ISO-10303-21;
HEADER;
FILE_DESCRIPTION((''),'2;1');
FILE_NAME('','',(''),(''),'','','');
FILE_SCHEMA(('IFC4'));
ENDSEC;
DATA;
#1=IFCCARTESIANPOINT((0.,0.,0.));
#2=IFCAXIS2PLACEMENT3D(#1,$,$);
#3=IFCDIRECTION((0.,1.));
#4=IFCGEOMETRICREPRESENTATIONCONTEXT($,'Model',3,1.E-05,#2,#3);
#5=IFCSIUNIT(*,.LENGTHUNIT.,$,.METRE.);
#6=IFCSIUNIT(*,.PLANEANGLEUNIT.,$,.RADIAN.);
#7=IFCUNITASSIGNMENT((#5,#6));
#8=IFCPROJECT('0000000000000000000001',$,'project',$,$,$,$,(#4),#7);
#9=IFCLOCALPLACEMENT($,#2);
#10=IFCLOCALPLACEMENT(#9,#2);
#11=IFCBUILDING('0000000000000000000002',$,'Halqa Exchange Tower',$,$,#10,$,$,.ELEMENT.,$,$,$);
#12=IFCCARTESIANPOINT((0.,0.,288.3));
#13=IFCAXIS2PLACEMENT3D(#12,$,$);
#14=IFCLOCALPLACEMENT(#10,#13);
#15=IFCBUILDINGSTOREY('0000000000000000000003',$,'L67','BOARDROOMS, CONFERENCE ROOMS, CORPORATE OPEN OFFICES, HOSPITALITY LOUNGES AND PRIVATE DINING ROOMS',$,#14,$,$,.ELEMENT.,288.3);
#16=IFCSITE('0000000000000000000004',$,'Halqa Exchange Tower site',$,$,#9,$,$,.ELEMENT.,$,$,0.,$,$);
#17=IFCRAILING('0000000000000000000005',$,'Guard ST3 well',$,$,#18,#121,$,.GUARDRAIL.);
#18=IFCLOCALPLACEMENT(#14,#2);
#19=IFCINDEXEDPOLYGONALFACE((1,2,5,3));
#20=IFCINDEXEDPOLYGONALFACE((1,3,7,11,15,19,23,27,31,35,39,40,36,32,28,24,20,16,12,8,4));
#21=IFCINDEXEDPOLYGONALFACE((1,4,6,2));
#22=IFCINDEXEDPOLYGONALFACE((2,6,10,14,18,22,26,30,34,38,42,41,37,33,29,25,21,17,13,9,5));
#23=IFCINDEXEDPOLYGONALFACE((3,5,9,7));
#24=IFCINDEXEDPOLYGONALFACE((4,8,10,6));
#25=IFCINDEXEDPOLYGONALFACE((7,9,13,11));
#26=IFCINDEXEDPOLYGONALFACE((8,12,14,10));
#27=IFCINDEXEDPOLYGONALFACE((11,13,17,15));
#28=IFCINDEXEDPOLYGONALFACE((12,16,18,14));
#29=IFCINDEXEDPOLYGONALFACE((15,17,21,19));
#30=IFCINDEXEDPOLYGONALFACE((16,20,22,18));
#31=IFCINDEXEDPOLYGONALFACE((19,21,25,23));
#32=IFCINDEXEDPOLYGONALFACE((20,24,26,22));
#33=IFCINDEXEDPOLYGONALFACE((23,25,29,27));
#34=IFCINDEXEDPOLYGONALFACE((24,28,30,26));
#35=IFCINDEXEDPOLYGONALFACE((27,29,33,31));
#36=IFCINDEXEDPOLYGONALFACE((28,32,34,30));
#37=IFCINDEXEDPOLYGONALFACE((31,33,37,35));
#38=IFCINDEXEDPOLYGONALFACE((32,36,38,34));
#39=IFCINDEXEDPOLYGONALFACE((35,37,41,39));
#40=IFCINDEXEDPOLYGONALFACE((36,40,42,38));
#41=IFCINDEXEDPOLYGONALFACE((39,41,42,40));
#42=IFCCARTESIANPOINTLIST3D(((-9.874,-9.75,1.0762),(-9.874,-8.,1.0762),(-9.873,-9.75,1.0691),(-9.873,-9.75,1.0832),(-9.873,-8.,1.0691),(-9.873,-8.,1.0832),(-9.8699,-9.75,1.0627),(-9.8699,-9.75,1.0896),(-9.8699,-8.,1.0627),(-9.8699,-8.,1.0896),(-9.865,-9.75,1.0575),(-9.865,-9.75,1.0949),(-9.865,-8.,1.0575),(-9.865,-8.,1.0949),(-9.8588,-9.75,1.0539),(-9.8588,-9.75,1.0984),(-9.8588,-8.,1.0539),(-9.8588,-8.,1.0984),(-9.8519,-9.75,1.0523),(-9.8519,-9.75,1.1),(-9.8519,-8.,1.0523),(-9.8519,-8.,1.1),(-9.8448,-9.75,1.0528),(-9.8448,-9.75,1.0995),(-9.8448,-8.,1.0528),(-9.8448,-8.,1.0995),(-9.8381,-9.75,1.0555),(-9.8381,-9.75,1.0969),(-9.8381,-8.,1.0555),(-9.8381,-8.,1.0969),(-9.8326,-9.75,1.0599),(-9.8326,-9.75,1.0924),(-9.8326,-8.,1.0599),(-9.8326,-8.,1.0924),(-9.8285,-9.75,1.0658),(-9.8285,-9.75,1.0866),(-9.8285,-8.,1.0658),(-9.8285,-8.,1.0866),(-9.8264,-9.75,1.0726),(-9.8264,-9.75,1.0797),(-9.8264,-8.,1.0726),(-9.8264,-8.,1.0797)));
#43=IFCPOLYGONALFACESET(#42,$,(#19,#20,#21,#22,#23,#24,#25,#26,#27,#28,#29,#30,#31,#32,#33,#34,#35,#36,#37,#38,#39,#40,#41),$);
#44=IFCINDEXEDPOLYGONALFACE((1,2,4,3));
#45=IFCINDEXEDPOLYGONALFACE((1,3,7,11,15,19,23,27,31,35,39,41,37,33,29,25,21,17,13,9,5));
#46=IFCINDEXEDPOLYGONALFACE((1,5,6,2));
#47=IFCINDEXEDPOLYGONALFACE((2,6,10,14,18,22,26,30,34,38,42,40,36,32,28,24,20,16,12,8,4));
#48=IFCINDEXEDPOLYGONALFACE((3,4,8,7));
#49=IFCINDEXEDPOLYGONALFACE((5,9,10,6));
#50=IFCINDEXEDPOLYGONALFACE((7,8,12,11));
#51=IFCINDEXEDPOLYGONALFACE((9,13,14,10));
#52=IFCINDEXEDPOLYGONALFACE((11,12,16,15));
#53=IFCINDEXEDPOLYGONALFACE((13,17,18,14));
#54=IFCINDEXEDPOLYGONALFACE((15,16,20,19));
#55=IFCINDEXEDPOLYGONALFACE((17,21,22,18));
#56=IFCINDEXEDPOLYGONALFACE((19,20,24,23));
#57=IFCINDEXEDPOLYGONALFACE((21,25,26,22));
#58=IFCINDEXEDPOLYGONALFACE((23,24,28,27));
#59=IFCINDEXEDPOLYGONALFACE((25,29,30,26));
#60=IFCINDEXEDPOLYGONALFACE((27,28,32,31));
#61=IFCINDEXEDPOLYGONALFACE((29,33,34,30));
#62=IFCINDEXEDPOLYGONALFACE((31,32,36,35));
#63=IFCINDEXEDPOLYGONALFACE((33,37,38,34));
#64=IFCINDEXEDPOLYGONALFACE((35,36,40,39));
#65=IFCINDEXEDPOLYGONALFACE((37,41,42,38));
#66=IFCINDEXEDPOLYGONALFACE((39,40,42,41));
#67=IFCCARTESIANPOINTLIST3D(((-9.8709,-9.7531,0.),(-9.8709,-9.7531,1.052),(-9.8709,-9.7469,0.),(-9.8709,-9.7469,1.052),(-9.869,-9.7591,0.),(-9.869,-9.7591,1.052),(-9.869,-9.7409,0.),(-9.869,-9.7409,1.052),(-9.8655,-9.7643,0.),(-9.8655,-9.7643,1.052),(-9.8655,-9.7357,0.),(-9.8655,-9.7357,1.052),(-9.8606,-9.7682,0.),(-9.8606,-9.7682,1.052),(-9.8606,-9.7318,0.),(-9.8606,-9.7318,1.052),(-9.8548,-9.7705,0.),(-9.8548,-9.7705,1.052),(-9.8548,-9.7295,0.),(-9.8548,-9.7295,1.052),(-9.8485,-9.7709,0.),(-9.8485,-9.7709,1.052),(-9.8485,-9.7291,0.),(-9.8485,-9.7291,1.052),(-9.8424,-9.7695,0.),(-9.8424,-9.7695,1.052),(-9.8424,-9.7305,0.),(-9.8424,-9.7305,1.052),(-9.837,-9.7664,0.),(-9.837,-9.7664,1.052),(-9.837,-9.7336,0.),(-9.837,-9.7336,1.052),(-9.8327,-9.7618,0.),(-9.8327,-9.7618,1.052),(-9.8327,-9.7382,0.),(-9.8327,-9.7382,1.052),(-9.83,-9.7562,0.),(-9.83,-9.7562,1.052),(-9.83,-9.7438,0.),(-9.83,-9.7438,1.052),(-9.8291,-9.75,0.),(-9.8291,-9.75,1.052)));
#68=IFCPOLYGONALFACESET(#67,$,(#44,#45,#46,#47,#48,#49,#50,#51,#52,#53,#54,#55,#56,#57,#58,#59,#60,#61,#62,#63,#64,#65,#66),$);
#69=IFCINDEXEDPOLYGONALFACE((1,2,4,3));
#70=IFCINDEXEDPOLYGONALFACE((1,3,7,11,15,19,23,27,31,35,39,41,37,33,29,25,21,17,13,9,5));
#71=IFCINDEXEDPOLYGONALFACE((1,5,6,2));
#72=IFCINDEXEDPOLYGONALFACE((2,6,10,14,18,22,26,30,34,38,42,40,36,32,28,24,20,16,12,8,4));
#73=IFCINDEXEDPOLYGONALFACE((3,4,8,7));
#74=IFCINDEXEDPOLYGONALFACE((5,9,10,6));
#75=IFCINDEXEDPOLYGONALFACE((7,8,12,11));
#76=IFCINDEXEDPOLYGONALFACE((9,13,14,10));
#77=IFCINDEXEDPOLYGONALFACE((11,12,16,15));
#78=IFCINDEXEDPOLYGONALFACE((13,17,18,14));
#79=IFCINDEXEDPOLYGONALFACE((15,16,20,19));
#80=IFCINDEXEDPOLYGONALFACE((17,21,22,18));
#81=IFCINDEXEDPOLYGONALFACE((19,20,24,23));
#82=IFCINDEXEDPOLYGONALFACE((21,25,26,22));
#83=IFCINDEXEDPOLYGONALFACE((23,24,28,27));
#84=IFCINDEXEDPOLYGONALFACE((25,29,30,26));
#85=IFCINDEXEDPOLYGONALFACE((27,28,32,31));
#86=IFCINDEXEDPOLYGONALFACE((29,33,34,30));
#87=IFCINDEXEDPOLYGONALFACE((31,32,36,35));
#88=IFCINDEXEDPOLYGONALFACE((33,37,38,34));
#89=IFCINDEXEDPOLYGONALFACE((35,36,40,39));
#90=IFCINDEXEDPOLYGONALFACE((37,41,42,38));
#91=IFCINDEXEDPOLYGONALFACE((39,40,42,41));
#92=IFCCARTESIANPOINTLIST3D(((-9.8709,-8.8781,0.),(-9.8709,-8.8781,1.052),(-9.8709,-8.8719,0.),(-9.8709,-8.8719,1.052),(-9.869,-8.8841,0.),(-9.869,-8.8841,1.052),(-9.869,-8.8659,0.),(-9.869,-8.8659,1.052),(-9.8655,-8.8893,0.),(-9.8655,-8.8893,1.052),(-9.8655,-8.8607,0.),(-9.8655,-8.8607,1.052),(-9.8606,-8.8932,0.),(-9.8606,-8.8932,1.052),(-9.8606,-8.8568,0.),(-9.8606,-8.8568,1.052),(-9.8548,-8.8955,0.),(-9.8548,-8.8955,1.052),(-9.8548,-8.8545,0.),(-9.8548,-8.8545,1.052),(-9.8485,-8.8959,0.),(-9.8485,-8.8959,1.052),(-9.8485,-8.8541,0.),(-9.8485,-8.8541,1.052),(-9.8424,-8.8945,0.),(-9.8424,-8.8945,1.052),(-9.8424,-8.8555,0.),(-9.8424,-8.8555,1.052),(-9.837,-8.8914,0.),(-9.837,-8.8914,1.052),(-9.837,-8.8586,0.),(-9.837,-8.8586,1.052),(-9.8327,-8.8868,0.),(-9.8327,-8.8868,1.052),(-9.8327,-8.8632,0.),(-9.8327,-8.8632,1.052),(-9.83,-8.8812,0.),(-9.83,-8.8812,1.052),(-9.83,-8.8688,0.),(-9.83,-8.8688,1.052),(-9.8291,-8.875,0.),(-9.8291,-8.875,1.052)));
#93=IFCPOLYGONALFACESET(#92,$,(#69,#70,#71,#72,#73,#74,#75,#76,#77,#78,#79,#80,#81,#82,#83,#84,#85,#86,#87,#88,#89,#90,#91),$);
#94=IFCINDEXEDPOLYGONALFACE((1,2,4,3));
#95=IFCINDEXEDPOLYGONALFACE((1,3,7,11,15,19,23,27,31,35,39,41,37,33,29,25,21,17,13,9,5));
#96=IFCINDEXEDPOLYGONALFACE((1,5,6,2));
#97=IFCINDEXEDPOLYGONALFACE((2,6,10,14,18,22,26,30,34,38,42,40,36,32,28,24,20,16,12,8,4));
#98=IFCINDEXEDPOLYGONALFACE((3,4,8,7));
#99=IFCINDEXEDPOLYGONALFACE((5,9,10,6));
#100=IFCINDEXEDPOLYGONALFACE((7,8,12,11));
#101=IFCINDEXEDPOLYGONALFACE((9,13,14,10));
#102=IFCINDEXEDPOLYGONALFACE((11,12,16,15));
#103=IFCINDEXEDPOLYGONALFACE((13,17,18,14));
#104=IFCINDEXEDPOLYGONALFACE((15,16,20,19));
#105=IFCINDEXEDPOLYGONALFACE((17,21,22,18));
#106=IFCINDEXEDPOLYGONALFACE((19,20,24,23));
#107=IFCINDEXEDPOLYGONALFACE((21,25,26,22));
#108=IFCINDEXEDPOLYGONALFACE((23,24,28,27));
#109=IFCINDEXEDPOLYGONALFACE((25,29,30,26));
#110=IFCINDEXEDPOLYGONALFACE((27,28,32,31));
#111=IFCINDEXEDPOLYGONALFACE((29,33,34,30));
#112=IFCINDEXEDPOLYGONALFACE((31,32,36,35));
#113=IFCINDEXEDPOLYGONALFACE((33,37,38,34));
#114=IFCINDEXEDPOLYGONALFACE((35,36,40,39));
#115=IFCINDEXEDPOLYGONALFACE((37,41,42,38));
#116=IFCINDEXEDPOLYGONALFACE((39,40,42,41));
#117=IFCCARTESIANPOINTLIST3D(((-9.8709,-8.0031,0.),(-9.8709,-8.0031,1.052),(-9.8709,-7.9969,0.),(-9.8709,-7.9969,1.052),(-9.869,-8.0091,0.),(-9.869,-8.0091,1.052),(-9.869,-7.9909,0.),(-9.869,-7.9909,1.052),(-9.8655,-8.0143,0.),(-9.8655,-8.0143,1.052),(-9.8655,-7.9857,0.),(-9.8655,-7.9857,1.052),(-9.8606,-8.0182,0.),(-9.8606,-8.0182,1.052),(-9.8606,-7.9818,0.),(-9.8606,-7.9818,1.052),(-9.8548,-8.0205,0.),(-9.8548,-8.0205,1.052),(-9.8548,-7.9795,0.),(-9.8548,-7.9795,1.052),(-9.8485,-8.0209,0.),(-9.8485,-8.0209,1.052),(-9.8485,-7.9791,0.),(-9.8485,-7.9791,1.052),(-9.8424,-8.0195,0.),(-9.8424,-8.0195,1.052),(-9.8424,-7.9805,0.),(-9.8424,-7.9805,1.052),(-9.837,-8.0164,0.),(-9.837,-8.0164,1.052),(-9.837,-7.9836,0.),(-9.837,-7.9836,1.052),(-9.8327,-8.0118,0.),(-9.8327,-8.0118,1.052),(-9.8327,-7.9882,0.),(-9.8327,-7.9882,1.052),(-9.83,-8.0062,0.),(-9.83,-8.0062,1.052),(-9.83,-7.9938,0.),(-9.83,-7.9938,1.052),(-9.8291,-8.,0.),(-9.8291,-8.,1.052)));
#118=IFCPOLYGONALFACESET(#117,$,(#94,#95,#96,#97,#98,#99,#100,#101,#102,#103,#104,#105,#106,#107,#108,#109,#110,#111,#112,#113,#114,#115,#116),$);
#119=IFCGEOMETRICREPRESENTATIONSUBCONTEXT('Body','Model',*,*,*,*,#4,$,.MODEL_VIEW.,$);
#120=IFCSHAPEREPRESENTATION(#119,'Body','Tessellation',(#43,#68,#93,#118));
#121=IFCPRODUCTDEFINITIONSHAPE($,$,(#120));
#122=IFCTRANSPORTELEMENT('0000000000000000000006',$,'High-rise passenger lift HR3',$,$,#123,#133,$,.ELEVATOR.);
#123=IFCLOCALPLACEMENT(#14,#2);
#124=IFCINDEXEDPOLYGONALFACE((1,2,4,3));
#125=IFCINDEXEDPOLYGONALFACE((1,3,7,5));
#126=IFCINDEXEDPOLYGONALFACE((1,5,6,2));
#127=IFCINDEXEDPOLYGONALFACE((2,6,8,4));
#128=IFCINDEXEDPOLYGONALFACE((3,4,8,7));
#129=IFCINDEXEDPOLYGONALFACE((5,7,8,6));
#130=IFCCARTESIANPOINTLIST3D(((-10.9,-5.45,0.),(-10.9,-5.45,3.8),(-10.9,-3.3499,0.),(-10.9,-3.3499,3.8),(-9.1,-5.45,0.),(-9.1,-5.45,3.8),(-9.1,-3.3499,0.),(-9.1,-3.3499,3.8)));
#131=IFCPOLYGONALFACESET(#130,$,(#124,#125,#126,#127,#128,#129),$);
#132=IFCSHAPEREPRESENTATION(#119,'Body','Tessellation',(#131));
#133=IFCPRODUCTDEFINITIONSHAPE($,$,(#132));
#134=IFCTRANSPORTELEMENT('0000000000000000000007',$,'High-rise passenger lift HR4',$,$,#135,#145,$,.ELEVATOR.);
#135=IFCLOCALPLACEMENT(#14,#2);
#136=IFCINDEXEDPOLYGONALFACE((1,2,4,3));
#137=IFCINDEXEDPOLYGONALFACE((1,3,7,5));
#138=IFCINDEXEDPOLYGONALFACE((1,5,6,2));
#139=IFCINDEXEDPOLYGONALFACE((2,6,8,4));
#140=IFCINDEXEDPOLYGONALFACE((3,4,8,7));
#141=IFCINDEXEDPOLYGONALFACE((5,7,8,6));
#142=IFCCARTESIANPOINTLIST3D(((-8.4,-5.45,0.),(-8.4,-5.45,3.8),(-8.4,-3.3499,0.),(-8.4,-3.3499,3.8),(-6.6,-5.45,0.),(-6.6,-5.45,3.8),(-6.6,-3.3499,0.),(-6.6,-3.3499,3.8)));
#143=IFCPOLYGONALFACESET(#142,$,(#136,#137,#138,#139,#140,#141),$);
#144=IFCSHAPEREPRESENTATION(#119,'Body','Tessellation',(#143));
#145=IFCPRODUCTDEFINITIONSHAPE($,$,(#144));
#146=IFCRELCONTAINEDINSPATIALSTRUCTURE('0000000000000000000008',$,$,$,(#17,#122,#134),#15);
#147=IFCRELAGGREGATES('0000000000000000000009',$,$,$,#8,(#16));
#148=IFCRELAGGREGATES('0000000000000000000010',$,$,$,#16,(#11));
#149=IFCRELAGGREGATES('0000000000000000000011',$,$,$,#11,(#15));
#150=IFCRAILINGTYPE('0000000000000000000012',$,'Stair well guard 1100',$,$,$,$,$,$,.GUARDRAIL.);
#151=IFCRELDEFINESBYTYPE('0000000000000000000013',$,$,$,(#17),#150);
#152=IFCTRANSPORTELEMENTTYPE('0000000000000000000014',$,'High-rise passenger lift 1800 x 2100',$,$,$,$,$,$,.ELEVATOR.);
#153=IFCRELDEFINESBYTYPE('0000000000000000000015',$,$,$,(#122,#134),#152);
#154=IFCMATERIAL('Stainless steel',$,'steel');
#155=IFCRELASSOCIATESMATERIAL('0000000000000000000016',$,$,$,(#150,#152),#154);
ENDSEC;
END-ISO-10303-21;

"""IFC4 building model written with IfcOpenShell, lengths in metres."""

from ifc_helpers import new_model, si_unit, direction, frame, origin, origin_2d, place, context, subcontext, project, spatial, rectangle, circle, extrude, material, type_object, element, save


model = new_model("IFC4")

# Units and contexts
model_context = context("Model", 3, precision=1e-05, world=origin(), true_north=direction((0.0, 1.0)))
body_context = subcontext(model_context, "Body", "Model", "MODEL_VIEW")
ifc_project = project(units=[si_unit("LENGTHUNIT", "METRE"), si_unit("PLANEANGLEUNIT", "RADIAN")], contexts=[model_context])

# Site, building, storey
site_placement = place(None, origin())
site = spatial("IfcSite", under=ifc_project, at=site_placement, Name="Halqa Exchange Tower site", CompositionType="ELEMENT", RefElevation=0.0)
building_placement = place(site_placement, origin())
building = spatial("IfcBuilding", under=site, at=building_placement, Name="Halqa Exchange Tower", CompositionType="ELEMENT")
storey_placement = place(building_placement, frame((0.0, 0.0, 288.3)))
storey = spatial("IfcBuildingStorey", under=building, at=storey_placement, Name="L67", Description="BOARDROOMS, CONFERENCE ROOMS, CORPORATE OPEN OFFICES, HOSPITALITY LOUNGES AND PRIVATE DINING ROOMS", CompositionType="ELEMENT", Elevation=288.3)

# Shared definitions
ifc_material_1 = material(Name="Stainless steel", Category="steel")

# Railing
railing_type_1 = type_object("IfcRailingType", Name="Stair well guard 1100", PredefinedType="GUARDRAIL", material=ifc_material_1)
railing_1_placement = place(storey_placement, frame((-9.8501, -9.75, 0.0)))
element("IfcRailing", 1, at=railing_1_placement, inside=storey, type_object=railing_type_1, Name="Guard ST3 well", PredefinedType="GUARDRAIL", context=body_context, shape_type="SweptSolid", body=[
    extrude(circle(Radius=0.0239, at=origin_2d()), frame((0.0, 0.0, 1.0762), z_axis=(0.0, 1.0, 0.0), x_axis=(-1.0, 0.0, 0.0)), (0.0, 0.0, 1.0), 1.75),
    extrude(circle(Radius=0.021, at=origin_2d()), origin(), (0.0, 0.0, 1.0), 1.052),
    extrude(circle(Radius=0.021, at=origin_2d()), frame((0.0, 0.875, 0.0)), (0.0, 0.0, 1.0), 1.052),
    extrude(circle(Radius=0.021, at=origin_2d()), frame((0.0, 1.75, 0.0)), (0.0, 0.0, 1.0), 1.052),
])

# Transport elements
transport_element_type = type_object("IfcTransportElementType", Name="High-rise passenger lift 1800 x 2100", PredefinedType="ELEVATOR", material=ifc_material_1)
for number, where, z_axis, x_axis, name in (
    (2, (-10.0, -4.3999, 0.0), (0.0, 0.0, 1.0), (1.0, 0.0, 0.0), "High-rise passenger lift HR3"),
    (3, (-7.5, -4.3999, 0.0), (0.0, 0.0, 1.0), (1.0, 0.0, 0.0), "High-rise passenger lift HR4"),
):
    element("IfcTransportElement", number, at=place(storey_placement, frame(where, z_axis=z_axis, x_axis=x_axis)), inside=storey, type_object=transport_element_type, Name=name, PredefinedType="ELEVATOR", context=body_context, shape_type="SweptSolid", body=[
        extrude(rectangle(XDim=1.8, YDim=2.1001, at=origin_2d()), origin(), (0.0, 0.0, 1.0), 3.8),
    ])

save(model, "model.ifc")
